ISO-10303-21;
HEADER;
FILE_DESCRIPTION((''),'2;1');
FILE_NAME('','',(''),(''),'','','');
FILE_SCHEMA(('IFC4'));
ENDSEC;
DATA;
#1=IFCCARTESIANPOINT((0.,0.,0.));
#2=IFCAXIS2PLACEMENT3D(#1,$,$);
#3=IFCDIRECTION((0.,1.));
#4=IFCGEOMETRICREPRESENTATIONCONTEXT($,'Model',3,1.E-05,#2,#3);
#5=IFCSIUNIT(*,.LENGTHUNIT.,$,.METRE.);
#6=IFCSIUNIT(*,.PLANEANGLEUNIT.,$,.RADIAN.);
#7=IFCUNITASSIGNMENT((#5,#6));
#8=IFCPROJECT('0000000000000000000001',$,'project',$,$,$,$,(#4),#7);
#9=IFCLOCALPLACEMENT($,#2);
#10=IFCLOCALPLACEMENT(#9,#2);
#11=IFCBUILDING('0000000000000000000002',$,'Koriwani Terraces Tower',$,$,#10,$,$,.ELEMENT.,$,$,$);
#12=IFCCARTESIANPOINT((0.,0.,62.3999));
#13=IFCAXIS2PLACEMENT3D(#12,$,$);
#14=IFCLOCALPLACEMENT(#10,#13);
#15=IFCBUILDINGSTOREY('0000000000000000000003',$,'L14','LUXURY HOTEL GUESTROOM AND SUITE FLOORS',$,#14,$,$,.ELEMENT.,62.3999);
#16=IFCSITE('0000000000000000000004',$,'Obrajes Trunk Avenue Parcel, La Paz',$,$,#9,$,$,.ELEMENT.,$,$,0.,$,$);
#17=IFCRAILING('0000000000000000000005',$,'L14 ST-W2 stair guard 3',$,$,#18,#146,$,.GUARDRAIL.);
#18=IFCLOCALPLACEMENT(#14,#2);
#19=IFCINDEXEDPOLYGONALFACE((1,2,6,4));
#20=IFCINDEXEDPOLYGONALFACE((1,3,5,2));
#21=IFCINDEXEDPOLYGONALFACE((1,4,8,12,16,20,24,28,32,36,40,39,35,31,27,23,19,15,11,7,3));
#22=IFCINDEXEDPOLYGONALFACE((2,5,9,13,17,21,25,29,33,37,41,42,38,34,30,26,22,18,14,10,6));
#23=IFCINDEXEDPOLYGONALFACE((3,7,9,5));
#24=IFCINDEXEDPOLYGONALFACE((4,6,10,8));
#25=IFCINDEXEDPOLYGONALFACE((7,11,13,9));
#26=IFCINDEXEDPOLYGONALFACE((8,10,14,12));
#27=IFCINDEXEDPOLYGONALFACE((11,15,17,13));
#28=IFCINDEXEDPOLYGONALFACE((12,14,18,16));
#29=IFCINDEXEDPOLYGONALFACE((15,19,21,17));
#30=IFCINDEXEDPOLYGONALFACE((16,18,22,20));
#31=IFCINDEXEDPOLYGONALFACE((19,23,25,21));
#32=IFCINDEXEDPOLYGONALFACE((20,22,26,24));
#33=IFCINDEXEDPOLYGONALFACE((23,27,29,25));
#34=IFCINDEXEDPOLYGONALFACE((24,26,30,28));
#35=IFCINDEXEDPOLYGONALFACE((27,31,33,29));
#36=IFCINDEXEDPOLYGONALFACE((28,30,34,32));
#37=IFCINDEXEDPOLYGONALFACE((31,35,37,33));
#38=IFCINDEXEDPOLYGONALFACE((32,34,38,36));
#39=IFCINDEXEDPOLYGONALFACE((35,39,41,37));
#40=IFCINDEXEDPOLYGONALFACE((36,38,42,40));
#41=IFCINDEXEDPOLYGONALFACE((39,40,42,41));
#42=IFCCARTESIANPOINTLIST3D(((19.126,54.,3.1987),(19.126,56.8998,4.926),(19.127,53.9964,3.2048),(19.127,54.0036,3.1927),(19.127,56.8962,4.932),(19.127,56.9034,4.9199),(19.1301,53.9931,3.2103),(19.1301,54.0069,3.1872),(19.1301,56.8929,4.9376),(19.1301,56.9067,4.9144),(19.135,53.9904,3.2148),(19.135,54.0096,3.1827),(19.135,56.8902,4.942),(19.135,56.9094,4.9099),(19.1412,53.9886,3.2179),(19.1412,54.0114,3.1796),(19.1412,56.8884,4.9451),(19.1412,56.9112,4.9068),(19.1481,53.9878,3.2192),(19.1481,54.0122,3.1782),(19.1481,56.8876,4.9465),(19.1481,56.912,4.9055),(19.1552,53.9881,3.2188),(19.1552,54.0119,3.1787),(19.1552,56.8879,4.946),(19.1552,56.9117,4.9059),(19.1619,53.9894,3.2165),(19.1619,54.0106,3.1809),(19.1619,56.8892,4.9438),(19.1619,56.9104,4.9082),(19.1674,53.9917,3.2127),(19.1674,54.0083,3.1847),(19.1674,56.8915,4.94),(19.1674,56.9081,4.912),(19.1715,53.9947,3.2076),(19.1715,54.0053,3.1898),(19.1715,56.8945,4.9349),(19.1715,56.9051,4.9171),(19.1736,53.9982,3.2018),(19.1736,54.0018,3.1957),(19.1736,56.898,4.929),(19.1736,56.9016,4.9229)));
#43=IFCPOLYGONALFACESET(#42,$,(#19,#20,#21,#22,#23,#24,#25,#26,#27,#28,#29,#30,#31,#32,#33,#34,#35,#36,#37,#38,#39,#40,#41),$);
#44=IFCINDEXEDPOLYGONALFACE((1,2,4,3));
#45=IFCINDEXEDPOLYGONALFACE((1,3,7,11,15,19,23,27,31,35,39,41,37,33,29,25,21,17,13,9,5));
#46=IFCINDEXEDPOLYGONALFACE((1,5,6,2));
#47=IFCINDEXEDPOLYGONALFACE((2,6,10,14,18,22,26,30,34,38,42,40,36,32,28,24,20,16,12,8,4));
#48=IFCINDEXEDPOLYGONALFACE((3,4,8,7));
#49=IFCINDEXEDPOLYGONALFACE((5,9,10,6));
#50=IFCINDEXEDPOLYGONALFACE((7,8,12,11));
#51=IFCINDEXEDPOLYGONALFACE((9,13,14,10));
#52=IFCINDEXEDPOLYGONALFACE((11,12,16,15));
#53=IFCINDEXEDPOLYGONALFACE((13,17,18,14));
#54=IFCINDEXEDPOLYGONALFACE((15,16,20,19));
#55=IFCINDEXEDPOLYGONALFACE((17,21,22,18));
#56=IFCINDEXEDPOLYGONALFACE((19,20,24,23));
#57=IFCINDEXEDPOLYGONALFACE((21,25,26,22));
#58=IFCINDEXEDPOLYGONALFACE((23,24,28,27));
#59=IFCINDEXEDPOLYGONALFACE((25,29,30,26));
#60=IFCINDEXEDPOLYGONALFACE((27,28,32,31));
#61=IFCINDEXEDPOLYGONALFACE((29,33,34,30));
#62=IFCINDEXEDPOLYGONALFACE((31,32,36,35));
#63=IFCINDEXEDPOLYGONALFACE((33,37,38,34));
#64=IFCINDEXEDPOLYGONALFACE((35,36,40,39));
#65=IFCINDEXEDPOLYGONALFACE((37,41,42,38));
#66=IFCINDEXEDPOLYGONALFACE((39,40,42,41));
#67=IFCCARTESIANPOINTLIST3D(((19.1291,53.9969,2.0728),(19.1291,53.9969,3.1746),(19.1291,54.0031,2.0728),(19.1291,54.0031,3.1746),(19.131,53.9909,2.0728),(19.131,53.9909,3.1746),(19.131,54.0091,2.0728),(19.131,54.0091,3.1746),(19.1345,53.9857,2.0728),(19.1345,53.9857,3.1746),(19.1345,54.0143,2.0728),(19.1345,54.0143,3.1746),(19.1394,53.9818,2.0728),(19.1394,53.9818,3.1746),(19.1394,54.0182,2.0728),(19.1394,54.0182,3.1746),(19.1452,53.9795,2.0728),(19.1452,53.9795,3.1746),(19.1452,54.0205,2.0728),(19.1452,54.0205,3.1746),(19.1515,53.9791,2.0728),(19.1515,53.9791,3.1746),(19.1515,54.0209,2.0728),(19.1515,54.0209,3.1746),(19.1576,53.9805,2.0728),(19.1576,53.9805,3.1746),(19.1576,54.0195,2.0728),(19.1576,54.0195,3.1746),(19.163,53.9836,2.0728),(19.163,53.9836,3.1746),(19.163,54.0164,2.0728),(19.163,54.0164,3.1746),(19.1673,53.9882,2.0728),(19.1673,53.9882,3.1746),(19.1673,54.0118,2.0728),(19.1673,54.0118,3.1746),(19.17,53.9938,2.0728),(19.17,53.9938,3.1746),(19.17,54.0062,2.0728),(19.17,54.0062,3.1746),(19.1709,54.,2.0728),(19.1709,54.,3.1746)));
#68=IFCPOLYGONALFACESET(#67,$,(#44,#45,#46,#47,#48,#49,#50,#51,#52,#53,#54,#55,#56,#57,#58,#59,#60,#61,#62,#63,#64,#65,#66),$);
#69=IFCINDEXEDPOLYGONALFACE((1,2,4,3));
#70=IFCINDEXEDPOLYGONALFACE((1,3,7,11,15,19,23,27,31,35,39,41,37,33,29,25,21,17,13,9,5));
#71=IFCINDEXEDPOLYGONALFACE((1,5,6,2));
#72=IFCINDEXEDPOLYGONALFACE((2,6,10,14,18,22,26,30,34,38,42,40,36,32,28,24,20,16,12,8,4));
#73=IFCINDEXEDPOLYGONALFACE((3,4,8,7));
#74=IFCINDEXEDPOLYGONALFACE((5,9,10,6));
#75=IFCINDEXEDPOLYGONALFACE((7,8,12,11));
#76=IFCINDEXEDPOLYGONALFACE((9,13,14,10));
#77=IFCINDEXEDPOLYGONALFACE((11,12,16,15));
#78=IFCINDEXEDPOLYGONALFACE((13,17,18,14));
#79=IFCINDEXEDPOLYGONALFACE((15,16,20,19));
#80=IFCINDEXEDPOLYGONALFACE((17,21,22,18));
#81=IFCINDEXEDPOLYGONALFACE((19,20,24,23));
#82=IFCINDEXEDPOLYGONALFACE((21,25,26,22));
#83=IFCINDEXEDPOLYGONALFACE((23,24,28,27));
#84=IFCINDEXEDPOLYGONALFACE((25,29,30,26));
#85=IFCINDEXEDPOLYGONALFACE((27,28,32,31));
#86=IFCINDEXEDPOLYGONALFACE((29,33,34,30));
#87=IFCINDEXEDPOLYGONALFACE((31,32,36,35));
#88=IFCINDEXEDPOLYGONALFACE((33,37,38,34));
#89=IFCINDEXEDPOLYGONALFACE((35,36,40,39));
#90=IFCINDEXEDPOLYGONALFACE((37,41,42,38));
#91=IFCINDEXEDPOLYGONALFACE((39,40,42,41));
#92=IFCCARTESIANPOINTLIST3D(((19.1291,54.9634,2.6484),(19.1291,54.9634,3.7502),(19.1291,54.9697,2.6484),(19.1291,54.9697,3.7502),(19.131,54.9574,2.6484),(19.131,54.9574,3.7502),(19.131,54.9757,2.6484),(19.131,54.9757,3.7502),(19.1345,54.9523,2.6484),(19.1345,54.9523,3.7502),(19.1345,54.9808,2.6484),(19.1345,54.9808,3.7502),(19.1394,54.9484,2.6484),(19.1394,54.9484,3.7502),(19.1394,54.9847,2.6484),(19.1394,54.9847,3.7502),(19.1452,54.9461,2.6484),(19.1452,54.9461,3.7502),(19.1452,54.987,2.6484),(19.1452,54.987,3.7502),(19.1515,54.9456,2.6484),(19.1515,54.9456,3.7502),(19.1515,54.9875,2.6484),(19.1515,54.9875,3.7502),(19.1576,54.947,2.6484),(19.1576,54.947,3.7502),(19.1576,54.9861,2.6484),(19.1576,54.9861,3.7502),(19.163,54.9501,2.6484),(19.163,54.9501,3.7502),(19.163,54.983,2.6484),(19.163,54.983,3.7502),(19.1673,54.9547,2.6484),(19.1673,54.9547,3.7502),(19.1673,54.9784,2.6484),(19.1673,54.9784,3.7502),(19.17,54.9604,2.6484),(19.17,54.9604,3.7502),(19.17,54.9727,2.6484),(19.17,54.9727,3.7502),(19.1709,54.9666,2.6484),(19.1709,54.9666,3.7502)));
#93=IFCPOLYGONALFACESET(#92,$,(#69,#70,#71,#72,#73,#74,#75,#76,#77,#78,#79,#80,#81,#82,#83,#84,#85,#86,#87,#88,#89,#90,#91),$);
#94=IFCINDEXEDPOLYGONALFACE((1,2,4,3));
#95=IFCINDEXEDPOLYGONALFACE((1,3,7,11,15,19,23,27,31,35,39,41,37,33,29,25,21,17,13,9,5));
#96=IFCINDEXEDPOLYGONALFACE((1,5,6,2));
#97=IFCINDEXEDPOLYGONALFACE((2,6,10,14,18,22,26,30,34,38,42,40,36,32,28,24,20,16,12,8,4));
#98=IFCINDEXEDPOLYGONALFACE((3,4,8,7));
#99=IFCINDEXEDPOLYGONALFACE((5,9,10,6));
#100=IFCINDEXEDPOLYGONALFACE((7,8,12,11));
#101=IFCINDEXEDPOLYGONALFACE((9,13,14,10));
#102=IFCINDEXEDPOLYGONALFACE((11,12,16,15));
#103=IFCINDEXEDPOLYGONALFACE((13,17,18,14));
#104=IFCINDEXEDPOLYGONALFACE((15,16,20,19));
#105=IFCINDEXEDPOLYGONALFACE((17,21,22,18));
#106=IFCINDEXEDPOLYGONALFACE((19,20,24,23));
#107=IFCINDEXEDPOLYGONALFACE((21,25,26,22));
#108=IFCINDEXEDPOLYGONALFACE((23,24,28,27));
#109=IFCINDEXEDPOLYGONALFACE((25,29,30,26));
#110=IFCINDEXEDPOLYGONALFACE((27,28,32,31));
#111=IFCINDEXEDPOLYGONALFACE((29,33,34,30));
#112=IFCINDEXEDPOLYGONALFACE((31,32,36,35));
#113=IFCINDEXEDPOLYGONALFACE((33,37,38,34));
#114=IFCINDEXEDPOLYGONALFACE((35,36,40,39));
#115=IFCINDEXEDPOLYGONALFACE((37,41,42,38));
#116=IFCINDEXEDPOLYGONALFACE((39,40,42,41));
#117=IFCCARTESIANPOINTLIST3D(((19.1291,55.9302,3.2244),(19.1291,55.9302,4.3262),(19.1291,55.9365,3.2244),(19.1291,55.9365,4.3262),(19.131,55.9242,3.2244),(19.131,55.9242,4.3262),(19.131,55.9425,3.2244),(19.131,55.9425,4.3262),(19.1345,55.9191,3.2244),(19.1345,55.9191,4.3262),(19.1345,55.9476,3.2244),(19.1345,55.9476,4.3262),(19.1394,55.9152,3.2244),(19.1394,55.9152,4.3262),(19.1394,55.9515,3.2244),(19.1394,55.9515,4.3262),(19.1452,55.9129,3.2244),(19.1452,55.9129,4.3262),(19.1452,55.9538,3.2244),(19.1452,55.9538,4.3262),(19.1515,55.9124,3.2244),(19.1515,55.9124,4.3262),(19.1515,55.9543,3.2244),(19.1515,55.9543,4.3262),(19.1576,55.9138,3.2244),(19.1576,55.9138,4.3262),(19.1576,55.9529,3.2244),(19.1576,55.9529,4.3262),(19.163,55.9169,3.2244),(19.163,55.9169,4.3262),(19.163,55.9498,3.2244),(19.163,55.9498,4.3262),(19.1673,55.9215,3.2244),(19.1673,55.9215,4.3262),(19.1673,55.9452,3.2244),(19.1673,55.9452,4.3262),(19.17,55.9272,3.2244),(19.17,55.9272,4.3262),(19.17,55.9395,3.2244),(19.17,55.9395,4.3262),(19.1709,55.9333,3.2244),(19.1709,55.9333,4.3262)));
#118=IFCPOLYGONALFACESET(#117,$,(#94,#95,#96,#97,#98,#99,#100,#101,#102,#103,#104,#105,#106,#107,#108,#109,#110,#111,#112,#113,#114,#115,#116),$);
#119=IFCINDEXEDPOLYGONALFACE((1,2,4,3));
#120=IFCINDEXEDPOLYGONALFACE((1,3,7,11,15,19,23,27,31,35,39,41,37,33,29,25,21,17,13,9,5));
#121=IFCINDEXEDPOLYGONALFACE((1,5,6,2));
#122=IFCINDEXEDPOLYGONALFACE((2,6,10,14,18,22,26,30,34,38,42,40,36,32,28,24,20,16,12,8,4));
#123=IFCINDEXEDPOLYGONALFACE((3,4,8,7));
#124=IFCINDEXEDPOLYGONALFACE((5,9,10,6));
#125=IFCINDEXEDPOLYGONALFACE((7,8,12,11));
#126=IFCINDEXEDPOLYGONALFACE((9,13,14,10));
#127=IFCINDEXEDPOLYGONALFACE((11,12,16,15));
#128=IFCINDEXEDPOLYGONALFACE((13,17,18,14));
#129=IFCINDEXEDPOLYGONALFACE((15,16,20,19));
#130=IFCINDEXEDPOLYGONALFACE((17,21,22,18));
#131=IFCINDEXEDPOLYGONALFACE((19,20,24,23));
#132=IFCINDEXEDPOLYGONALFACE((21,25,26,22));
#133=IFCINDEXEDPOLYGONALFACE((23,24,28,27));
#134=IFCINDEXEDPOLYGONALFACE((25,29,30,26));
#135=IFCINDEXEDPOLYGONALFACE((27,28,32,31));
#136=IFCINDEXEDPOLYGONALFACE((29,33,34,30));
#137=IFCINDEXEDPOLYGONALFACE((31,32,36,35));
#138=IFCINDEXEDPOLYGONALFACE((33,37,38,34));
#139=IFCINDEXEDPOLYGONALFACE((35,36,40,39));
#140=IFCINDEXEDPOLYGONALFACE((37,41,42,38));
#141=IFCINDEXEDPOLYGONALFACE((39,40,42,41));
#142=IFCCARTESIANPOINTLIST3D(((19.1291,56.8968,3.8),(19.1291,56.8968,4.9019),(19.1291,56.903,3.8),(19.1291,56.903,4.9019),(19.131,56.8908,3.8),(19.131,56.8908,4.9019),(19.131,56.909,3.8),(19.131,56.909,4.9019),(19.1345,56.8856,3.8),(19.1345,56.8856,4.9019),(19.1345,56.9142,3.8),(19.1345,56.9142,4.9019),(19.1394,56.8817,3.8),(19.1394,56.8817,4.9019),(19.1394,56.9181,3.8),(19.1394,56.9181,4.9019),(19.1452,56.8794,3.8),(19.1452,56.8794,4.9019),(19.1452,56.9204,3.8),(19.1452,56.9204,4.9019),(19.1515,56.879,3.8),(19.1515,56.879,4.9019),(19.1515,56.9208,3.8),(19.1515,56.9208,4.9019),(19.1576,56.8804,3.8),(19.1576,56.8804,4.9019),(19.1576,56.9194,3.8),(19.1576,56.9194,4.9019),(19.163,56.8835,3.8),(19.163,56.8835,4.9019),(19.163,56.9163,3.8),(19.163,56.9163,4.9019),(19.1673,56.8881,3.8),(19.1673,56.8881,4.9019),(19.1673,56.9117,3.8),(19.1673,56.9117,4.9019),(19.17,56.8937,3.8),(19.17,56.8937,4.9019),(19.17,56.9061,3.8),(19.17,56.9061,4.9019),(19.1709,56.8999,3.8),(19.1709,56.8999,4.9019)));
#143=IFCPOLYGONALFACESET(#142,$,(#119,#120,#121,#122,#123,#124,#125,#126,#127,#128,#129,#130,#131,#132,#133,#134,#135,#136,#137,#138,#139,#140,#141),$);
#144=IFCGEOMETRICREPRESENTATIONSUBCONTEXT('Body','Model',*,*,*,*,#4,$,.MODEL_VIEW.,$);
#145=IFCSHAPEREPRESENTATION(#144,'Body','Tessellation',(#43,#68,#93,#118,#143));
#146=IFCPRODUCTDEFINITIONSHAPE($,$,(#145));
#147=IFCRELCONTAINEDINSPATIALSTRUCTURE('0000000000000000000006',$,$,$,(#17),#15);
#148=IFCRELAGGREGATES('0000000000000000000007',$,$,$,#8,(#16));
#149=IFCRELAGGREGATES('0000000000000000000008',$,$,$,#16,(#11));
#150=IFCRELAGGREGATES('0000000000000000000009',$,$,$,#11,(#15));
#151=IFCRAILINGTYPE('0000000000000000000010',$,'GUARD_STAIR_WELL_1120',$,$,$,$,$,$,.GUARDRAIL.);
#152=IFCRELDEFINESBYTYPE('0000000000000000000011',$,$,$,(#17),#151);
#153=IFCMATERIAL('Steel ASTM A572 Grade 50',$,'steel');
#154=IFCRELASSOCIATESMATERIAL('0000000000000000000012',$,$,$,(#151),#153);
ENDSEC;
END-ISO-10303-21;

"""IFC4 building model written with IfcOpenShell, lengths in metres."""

from ifc_helpers import new_model, si_unit, direction, frame, origin, origin_2d, place, context, subcontext, project, spatial, circle, extrude, material, type_object, element, save


model = new_model("IFC4")

# Units and contexts
model_context = context("Model", 3, precision=1e-05, world=origin(), true_north=direction((0.0, 1.0)))
body_context = subcontext(model_context, "Body", "Model", "MODEL_VIEW")
ifc_project = project(units=[si_unit("LENGTHUNIT", "METRE"), si_unit("PLANEANGLEUNIT", "RADIAN")], contexts=[model_context])

# Site, building, storey
site_placement = place(None, origin())
site = spatial("IfcSite", under=ifc_project, at=site_placement, Name="Obrajes Trunk Avenue Parcel, La Paz", CompositionType="ELEMENT", RefElevation=0.0)
building_placement = place(site_placement, origin())
building = spatial("IfcBuilding", under=site, at=building_placement, Name="Koriwani Terraces Tower", CompositionType="ELEMENT")
storey_placement = place(building_placement, frame((0.0, 0.0, 62.3999)))
storey = spatial("IfcBuildingStorey", under=building, at=storey_placement, Name="L14", Description="LUXURY HOTEL GUESTROOM AND SUITE FLOORS", CompositionType="ELEMENT", Elevation=62.3999)

# Shared definitions
ifc_material_1 = material(Name="Steel ASTM A572 Grade 50", Category="steel")

# Railing
railing_type_1 = type_object("IfcRailingType", Name="GUARD_STAIR_WELL_1120", PredefinedType="GUARDRAIL", material=ifc_material_1)
railing_1_placement = place(storey_placement, frame((19.1499, 54.0, 2.0728)))
element("IfcRailing", 1, at=railing_1_placement, inside=storey, type_object=railing_type_1, Name="L14 ST-W2 stair guard 3", PredefinedType="GUARDRAIL", context=body_context, shape_type="SweptSolid", body=[
    extrude(circle(Radius=0.0239, at=origin_2d()), frame((0.0, 0.0, 1.126), z_axis=(0.0, 0.859141, 0.511738), x_axis=(-1.0, 0.0, 0.0)), (0.0, 0.0, 1.0), 3.3752),
    extrude(circle(Radius=0.021, at=origin_2d()), origin(), (0.0, 0.0, 1.0), 1.1018),
    extrude(circle(Radius=0.021, at=origin_2d()), frame((0.0, 0.9666, 0.5757)), (0.0, 0.0, 1.0), 1.1018),
    extrude(circle(Radius=0.021, at=origin_2d()), frame((0.0, 1.9333, 1.1516)), (0.0, 0.0, 1.0), 1.1018),
    extrude(circle(Radius=0.021, at=origin_2d()), frame((0.0, 2.8999, 1.7273)), (0.0, 0.0, 1.0), 1.1018),
])

save(model, "model.ifc")
